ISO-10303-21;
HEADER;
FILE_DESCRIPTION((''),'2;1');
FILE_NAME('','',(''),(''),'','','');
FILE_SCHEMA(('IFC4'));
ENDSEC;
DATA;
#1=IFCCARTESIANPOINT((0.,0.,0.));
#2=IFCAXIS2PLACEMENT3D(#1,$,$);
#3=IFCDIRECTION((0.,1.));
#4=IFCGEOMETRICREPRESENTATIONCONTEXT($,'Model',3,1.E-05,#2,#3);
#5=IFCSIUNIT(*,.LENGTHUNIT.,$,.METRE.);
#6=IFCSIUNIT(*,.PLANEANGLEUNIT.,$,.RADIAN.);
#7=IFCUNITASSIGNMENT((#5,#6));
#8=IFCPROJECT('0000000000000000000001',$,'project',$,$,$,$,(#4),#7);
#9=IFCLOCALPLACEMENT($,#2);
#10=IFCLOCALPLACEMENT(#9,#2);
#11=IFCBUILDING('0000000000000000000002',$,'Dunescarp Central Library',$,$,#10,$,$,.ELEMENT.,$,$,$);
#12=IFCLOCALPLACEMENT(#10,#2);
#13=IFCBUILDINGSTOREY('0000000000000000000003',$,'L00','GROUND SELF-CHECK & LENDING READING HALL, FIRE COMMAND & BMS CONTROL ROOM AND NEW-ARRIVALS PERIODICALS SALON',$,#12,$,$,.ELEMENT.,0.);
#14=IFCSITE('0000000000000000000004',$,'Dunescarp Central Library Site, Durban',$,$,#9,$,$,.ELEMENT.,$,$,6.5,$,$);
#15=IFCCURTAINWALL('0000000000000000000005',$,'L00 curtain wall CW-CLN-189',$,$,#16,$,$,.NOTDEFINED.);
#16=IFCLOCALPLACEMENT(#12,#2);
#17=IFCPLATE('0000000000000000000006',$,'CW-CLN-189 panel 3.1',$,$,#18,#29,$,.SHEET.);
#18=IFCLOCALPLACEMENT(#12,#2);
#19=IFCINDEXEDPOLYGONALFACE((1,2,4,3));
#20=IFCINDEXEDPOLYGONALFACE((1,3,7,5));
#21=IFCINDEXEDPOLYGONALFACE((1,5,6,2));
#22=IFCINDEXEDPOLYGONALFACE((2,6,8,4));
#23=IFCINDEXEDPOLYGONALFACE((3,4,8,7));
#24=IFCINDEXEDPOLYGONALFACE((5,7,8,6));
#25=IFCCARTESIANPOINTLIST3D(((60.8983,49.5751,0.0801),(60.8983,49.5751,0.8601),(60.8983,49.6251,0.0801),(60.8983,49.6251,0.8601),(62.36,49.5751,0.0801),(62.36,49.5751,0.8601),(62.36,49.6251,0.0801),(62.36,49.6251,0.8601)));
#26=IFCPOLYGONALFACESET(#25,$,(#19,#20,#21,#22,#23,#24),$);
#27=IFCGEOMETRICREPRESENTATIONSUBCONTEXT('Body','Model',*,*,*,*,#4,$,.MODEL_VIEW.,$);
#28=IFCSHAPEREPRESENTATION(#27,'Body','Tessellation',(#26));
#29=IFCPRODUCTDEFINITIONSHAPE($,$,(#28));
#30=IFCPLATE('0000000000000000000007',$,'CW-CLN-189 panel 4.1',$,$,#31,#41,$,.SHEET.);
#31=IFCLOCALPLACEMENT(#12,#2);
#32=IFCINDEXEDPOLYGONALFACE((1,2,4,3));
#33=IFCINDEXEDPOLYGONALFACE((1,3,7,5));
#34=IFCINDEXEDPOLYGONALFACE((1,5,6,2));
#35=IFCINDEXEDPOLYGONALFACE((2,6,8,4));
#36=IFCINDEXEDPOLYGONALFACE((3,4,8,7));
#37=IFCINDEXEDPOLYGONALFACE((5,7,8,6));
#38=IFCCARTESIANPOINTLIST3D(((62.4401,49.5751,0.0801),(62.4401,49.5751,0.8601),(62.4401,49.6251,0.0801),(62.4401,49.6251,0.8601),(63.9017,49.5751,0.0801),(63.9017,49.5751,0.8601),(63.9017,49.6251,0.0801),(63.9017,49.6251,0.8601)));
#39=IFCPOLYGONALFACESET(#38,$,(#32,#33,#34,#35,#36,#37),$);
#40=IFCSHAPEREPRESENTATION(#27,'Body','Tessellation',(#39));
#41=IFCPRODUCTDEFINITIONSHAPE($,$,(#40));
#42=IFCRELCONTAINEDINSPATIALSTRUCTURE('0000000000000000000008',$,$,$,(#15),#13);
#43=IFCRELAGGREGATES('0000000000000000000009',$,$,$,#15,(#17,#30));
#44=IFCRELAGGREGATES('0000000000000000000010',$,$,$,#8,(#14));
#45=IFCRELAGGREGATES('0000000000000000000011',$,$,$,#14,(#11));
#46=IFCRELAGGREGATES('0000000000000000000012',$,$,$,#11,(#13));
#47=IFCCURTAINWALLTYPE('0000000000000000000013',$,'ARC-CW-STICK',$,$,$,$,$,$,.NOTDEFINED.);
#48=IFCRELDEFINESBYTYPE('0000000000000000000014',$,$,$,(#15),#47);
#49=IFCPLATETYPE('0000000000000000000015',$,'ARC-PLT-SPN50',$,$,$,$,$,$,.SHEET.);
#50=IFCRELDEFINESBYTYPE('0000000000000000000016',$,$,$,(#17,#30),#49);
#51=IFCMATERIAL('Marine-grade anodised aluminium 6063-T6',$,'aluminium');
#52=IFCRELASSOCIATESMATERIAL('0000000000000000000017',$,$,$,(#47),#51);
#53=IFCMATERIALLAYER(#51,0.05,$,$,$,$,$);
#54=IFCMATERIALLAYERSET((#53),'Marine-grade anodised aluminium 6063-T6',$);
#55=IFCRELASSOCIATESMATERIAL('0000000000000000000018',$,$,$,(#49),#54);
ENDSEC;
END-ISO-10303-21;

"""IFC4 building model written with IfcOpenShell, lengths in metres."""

from ifc_helpers import new_model, si_unit, direction, frame, origin, origin_2d, place, context, subcontext, project, spatial, rectangle, extrude, material, layer, layer_set, type_object, element, aggregate, save


model = new_model("IFC4")

# Units and contexts
model_context = context("Model", 3, precision=1e-05, world=origin(), true_north=direction((0.0, 1.0)))
body_context = subcontext(model_context, "Body", "Model", "MODEL_VIEW")
ifc_project = project(units=[si_unit("LENGTHUNIT", "METRE"), si_unit("PLANEANGLEUNIT", "RADIAN")], contexts=[model_context])

# Site, building, storey
site_placement = place(None, origin())
site = spatial("IfcSite", under=ifc_project, at=site_placement, Name="Dunescarp Central Library Site, Durban", CompositionType="ELEMENT", RefElevation=6.5)
building_placement = place(site_placement, origin())
building = spatial("IfcBuilding", under=site, at=building_placement, Name="Dunescarp Central Library", CompositionType="ELEMENT")
storey_placement = place(building_placement, origin())
storey = spatial("IfcBuildingStorey", under=building, at=storey_placement, Name="L00", Description="GROUND SELF-CHECK & LENDING READING HALL, FIRE COMMAND & BMS CONTROL ROOM AND NEW-ARRIVALS PERIODICALS SALON", CompositionType="ELEMENT", Elevation=0.0)

# Curtain wall, plates
ifc_material_1 = material(Name="Marine-grade anodised aluminium 6063-T6", Category="aluminium")
curtain_wall_type = type_object("IfcCurtainWallType", Name="ARC-CW-STICK", PredefinedType="NOTDEFINED", material=ifc_material_1)
curtain_wall_placement = place(storey_placement, origin())
curtain_wall = element("IfcCurtainWall", 1, at=curtain_wall_placement, inside=storey, type_object=curtain_wall_type, Name="L00 curtain wall CW-CLN-189", PredefinedType="NOTDEFINED")
ifc_layer_1 = layer(ifc_material_1, 0.05)
ifc_layer_set_1 = layer_set([ifc_layer_1], Name="Marine-grade anodised aluminium 6063-T6")
plate_type_1 = type_object("IfcPlateType", Name="ARC-PLT-SPN50", PredefinedType="SHEET", material=ifc_layer_set_1)
plate_1_placement = place(storey_placement, frame((61.6292, 49.6001, 0.0801), z_axis=(0.0, 0.0, 1.0), x_axis=(1.0, 0.0, 0.0)))
plate_1 = element("IfcPlate", 2, at=plate_1_placement, type_object=plate_type_1, Name="CW-CLN-189 panel 3.1", PredefinedType="SHEET", context=body_context, shape_type="SweptSolid", body=[
    extrude(rectangle(XDim=1.4617, YDim=0.05, at=origin_2d()), origin(), (0.0, 0.0, 1.0), 0.78),
])
plate_2_placement = place(storey_placement, frame((63.1709, 49.6001, 0.0801), z_axis=(0.0, 0.0, 1.0), x_axis=(1.0, 0.0, 0.0)))
plate_2 = element("IfcPlate", 3, at=plate_2_placement, type_object=plate_type_1, Name="CW-CLN-189 panel 4.1", PredefinedType="SHEET", context=body_context, shape_type="SweptSolid", body=[
    extrude(rectangle(XDim=1.4617, YDim=0.05, at=origin_2d()), origin(), (0.0, 0.0, 1.0), 0.78),
])
aggregate(curtain_wall, [plate_1, plate_2])

save(model, "model.ifc")
